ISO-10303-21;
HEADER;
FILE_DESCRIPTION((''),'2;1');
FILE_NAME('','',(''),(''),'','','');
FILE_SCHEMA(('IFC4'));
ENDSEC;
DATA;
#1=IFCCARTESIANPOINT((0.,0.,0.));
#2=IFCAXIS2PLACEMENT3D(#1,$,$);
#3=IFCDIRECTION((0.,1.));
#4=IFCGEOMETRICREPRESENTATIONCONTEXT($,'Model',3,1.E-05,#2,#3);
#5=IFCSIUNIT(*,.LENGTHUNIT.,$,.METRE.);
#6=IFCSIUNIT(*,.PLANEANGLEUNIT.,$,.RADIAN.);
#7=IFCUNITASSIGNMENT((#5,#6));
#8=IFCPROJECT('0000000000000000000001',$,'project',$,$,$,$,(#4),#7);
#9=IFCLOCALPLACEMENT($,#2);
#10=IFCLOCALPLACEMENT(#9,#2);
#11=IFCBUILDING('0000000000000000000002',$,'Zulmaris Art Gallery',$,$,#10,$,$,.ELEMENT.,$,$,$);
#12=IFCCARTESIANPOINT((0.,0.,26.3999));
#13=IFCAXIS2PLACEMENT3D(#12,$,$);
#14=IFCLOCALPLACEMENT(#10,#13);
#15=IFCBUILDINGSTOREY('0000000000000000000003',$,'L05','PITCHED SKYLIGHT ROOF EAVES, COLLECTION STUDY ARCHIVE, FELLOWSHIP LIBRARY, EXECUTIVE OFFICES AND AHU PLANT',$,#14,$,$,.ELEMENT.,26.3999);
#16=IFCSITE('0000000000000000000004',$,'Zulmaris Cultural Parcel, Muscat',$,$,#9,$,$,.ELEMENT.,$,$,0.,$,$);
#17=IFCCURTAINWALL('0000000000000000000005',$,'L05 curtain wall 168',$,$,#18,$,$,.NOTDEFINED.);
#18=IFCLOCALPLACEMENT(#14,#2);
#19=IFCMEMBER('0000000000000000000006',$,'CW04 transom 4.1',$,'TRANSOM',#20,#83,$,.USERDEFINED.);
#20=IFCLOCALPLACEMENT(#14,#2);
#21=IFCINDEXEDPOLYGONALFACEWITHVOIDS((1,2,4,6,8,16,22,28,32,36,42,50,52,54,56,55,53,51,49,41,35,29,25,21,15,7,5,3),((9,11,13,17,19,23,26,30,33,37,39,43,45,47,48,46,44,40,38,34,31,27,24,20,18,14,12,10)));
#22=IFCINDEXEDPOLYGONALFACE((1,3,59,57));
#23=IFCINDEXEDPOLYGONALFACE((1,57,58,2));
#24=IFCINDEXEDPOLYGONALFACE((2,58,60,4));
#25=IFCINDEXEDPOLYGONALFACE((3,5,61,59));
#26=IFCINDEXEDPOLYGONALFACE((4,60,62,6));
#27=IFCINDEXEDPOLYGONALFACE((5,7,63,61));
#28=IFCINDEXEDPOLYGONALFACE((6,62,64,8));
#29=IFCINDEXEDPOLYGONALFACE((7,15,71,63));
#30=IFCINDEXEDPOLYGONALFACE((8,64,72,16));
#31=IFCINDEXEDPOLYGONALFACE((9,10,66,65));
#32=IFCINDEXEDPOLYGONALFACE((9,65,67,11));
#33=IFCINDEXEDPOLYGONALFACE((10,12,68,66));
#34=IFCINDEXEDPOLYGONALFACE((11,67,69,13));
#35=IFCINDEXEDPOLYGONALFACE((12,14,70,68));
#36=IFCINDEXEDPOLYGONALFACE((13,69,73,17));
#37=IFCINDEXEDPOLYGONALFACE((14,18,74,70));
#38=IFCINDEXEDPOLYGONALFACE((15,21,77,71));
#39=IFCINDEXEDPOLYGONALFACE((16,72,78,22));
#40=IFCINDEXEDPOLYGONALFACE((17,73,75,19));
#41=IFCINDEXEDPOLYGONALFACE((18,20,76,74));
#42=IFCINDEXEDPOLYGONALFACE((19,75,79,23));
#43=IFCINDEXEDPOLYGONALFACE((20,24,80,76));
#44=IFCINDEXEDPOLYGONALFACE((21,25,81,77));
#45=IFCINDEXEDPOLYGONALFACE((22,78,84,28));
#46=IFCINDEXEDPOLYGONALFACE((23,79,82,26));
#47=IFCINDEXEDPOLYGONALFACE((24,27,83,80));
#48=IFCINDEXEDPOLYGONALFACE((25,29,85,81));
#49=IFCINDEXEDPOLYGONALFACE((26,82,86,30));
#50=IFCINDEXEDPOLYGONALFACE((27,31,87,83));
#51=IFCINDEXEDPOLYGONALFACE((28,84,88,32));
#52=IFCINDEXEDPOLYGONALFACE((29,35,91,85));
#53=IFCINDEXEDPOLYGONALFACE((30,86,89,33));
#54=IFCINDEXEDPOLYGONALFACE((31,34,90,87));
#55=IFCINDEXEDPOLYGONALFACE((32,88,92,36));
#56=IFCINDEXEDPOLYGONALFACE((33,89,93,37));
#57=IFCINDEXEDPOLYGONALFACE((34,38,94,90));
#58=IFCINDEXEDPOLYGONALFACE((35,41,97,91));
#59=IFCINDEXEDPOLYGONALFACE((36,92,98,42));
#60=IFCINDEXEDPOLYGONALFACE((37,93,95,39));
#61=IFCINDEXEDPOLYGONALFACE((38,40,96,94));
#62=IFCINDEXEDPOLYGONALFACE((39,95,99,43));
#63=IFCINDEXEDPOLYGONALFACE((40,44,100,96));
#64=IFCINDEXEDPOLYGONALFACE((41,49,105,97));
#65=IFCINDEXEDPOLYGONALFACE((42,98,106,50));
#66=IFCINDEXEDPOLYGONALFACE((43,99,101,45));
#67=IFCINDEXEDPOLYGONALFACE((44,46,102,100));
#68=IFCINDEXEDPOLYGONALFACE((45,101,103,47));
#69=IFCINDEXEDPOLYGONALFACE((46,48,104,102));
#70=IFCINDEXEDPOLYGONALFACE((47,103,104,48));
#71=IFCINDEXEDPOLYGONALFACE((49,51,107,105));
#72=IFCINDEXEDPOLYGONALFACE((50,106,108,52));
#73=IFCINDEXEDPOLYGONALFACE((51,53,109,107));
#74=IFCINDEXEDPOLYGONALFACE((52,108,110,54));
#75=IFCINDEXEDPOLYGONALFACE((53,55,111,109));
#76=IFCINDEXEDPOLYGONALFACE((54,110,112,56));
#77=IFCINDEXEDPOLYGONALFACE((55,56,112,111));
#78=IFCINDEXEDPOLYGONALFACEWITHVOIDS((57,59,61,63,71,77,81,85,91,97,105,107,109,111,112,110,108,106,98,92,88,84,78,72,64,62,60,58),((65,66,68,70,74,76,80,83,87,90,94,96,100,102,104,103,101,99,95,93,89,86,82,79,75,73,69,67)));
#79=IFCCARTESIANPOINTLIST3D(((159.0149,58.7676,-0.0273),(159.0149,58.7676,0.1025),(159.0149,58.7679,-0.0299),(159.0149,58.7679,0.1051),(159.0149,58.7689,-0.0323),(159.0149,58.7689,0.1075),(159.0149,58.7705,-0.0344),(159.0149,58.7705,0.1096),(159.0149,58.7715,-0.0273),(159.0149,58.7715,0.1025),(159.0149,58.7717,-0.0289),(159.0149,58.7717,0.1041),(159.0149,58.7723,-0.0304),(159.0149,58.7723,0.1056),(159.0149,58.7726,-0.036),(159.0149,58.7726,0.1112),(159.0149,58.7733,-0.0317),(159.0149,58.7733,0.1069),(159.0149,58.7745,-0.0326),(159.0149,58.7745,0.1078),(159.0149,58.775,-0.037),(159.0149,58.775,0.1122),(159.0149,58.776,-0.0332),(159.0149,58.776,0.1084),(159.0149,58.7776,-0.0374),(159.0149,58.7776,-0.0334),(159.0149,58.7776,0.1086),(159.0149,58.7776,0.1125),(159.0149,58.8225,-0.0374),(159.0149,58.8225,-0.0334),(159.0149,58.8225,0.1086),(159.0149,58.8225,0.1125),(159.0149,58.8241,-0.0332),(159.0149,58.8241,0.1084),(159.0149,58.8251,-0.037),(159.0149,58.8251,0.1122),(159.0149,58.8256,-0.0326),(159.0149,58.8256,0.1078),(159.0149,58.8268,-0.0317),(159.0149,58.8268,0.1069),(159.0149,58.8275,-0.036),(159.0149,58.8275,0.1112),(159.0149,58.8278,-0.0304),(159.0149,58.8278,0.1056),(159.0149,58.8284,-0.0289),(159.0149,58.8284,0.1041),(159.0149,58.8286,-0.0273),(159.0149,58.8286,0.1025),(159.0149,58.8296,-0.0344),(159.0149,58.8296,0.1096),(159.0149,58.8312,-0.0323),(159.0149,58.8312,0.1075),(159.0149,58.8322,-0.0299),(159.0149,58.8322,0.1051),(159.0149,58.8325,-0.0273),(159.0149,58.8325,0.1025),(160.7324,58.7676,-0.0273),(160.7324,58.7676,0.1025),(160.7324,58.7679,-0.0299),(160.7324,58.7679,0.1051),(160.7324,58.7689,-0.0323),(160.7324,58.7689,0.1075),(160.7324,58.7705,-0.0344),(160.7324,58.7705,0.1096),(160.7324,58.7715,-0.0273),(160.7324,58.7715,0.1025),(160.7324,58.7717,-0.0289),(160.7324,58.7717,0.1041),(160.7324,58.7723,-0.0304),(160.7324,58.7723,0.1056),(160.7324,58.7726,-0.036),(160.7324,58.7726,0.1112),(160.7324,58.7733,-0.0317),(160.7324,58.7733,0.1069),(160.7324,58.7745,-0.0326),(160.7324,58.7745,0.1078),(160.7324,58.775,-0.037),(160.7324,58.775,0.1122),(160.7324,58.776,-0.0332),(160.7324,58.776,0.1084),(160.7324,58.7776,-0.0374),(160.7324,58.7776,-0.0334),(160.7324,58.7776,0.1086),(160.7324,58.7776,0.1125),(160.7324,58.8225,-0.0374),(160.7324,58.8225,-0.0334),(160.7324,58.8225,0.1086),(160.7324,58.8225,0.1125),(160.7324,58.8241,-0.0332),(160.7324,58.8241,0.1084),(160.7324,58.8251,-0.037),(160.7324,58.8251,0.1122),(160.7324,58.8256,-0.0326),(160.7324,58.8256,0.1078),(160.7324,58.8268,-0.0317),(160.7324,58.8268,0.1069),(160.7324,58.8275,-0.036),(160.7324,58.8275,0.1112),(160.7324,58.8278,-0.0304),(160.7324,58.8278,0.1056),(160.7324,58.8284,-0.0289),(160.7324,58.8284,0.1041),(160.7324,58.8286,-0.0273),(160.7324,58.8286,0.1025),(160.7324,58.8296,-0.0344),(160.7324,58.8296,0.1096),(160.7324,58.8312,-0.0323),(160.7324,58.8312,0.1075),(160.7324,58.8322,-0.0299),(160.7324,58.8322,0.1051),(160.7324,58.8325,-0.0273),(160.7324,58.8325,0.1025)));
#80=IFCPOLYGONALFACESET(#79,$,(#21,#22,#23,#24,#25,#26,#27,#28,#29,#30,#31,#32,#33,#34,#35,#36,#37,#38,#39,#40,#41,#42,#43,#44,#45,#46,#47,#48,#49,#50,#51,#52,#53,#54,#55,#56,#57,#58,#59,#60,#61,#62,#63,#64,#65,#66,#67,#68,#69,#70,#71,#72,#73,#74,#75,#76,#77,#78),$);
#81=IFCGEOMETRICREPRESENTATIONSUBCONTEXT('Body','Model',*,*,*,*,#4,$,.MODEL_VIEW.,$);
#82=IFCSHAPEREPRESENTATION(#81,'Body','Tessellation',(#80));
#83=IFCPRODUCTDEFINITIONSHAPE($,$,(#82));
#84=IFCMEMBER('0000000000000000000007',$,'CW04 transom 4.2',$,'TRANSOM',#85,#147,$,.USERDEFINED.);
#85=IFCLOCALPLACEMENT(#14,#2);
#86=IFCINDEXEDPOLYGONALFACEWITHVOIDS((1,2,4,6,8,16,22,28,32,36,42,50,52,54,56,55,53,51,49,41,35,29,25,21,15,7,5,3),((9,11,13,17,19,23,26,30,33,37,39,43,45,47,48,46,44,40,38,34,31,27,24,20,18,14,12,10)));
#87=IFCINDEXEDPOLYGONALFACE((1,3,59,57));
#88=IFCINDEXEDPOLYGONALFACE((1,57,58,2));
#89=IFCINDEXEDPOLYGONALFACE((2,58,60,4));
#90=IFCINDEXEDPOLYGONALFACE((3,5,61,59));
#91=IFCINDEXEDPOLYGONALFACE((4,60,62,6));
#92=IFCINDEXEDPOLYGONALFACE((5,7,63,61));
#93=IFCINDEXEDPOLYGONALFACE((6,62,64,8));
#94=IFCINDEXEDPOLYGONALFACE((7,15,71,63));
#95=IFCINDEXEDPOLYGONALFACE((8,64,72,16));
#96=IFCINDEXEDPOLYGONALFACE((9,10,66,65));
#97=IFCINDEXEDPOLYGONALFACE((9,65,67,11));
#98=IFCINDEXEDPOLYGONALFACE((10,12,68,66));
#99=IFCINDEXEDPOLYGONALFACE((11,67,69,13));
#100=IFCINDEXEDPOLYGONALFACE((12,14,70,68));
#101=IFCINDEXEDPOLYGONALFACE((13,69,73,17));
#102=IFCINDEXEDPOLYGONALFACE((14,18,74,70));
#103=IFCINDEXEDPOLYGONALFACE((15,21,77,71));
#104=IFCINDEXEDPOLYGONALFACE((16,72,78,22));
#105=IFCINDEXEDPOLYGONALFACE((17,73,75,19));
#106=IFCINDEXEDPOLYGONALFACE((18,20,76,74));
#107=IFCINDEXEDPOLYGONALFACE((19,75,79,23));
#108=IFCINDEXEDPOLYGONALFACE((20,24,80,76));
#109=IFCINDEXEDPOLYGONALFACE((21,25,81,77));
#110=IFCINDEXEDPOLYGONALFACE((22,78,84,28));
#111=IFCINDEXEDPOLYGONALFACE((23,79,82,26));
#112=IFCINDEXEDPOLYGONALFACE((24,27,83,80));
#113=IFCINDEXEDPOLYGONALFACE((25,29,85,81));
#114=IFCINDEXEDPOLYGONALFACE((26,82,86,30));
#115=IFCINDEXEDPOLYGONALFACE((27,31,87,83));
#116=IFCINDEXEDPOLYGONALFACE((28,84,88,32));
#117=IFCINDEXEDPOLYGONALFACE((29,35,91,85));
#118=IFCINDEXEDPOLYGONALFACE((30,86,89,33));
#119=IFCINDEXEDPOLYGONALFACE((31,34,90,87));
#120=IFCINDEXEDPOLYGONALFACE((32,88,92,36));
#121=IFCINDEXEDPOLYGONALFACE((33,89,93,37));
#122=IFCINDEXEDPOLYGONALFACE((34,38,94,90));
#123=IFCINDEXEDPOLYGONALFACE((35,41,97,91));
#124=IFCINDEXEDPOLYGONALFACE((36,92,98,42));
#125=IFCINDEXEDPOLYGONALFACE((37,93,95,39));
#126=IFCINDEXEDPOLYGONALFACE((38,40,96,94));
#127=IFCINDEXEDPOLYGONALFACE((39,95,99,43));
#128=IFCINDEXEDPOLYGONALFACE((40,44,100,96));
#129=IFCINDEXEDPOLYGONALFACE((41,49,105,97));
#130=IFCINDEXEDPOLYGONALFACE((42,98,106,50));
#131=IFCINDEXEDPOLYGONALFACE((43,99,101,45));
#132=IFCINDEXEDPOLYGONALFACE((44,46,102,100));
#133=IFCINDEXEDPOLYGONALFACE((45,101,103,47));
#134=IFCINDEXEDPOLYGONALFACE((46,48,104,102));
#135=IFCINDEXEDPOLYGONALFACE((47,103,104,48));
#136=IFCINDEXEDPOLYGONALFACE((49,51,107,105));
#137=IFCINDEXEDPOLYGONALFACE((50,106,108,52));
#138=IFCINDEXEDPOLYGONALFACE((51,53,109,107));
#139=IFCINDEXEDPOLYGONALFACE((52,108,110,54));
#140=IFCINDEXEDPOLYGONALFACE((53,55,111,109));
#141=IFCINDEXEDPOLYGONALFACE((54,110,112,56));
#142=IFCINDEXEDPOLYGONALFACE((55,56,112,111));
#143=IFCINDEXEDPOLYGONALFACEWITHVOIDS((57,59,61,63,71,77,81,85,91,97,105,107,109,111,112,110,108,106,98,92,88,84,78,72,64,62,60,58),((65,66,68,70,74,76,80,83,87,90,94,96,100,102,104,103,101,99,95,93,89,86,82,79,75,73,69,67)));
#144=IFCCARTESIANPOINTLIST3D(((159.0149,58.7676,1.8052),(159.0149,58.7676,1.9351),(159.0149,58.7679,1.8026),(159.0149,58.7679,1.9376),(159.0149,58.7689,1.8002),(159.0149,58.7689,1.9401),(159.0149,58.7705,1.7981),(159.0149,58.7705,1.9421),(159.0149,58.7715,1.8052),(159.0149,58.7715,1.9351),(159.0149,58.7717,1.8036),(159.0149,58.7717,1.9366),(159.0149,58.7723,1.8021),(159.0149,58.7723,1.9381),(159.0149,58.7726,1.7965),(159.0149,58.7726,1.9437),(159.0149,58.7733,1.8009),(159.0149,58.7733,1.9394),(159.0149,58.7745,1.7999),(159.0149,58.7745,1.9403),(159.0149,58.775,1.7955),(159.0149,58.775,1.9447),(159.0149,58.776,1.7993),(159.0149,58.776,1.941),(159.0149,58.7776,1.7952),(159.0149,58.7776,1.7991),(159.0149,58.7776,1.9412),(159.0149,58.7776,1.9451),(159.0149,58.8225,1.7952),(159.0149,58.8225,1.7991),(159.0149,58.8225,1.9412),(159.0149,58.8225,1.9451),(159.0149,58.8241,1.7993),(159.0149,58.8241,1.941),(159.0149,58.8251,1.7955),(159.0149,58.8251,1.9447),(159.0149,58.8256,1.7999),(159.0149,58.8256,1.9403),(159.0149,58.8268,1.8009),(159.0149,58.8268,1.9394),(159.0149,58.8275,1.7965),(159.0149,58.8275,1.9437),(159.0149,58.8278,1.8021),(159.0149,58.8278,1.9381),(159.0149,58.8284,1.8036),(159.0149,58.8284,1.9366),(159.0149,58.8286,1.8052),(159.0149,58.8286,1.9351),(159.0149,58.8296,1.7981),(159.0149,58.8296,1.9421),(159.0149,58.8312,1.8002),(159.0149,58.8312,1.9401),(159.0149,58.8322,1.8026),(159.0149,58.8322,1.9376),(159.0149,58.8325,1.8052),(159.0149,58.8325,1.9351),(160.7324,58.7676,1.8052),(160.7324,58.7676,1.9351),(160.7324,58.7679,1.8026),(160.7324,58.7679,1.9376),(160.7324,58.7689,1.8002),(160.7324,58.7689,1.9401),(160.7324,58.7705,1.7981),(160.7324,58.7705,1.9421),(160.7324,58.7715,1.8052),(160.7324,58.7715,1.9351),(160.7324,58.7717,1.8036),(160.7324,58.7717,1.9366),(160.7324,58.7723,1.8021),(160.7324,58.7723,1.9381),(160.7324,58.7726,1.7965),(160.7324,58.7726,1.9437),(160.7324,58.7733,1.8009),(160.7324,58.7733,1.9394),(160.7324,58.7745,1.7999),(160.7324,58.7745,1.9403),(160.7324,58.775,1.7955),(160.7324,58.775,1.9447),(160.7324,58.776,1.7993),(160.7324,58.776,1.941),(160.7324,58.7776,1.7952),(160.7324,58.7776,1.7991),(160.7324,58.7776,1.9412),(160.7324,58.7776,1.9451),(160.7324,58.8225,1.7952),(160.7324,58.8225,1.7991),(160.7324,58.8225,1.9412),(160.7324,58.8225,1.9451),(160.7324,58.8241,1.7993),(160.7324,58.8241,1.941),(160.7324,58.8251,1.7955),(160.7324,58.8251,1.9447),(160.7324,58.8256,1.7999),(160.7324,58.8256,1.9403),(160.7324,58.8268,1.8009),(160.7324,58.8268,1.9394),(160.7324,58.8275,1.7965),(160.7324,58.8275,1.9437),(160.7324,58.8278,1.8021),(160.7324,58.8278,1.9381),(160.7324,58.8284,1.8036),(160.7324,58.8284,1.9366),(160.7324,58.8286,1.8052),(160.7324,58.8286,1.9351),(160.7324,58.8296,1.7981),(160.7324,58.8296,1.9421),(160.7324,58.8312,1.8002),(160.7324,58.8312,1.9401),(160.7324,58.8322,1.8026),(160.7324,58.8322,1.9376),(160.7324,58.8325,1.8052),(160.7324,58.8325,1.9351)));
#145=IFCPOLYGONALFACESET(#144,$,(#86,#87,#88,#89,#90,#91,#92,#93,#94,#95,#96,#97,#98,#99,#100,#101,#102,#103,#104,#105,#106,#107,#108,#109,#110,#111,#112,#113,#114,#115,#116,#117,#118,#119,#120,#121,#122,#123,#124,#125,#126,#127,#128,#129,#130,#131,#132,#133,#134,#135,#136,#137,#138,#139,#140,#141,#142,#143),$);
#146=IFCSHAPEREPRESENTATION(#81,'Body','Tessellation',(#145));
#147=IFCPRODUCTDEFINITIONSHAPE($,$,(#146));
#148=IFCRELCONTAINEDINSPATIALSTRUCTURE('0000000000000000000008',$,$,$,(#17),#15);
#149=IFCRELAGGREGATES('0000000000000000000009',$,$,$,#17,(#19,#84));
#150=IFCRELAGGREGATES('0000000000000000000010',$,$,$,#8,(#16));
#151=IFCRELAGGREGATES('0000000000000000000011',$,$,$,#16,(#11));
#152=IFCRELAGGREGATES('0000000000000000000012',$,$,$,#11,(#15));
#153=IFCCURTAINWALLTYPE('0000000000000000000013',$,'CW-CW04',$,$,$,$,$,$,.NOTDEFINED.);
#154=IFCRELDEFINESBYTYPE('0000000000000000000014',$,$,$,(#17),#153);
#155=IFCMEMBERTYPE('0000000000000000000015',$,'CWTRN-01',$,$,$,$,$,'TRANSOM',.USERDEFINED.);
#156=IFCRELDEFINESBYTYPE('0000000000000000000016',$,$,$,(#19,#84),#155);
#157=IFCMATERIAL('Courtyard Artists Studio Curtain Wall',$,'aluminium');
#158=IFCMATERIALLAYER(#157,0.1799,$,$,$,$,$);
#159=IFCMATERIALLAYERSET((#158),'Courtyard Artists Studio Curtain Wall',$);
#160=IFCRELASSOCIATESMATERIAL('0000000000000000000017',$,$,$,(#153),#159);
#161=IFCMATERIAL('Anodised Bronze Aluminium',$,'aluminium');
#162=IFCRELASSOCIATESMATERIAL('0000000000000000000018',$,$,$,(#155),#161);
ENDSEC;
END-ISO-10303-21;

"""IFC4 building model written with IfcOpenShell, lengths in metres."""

from ifc_helpers import new_model, si_unit, direction, frame, origin, origin_2d, place, context, subcontext, project, spatial, hollow_rectangle, extrude, material, layer, layer_set, material_profile, profile_set, type_object, element, aggregate, save


model = new_model("IFC4")

# Units and contexts
model_context = context("Model", 3, precision=1e-05, world=origin(), true_north=direction((0.0, 1.0)))
body_context = subcontext(model_context, "Body", "Model", "MODEL_VIEW")
ifc_project = project(units=[si_unit("LENGTHUNIT", "METRE"), si_unit("PLANEANGLEUNIT", "RADIAN")], contexts=[model_context])

# Site, building, storey
site_placement = place(None, origin())
site = spatial("IfcSite", under=ifc_project, at=site_placement, Name="Zulmaris Cultural Parcel, Muscat", CompositionType="ELEMENT", RefElevation=0.0)
building_placement = place(site_placement, origin())
building = spatial("IfcBuilding", under=site, at=building_placement, Name="Zulmaris Art Gallery", CompositionType="ELEMENT")
storey_placement = place(building_placement, frame((0.0, 0.0, 26.3999)))
storey = spatial("IfcBuildingStorey", under=building, at=storey_placement, Name="L05", Description="PITCHED SKYLIGHT ROOF EAVES, COLLECTION STUDY ARCHIVE, FELLOWSHIP LIBRARY, EXECUTIVE OFFICES AND AHU PLANT", CompositionType="ELEMENT", Elevation=26.3999)

# Curtain wall
ifc_material_1 = material(Name="Courtyard Artists Studio Curtain Wall", Category="aluminium")
ifc_layer_1 = layer(ifc_material_1, 0.1799)
ifc_layer_set_1 = layer_set([ifc_layer_1], Name="Courtyard Artists Studio Curtain Wall")
curtain_wall_type = type_object("IfcCurtainWallType", Name="CW-CW04", PredefinedType="NOTDEFINED", material=ifc_layer_set_1)
curtain_wall_1_placement = place(storey_placement, origin())
curtain_wall_1 = element("IfcCurtainWall", 1, at=curtain_wall_1_placement, inside=storey, type_object=curtain_wall_type, Name="L05 curtain wall 168", PredefinedType="NOTDEFINED")
ifc_material_2 = material(Name="Anodised Bronze Aluminium", Category="aluminium")

# Members
ifc_material_profile_1 = material_profile(ifc_material_2, hollow_rectangle(XDim=0.0649, YDim=0.1499, WallThickness=0.0039, InnerFilletRadius=0.0061, OuterFilletRadius=0.01, at=origin_2d()), Name="ALU 65x150x4")
ifc_profile_set_1 = profile_set([ifc_material_profile_1], Name="Anodised Bronze Aluminium")
member_type_1 = type_object("IfcMemberType", Name="CWTRN-01", ElementType="TRANSOM", PredefinedType="USERDEFINED", material=ifc_profile_set_1)
member_1_placement = place(storey_placement, frame((160.7324, 58.8, 0.0376), z_axis=(-1.0, 0.0, 0.0), x_axis=(0.0, -1.0, 0.0)))
member_1 = element("IfcMember", 2, at=member_1_placement, type_object=member_type_1, Name="CW04 transom 4.1", ObjectType="TRANSOM", PredefinedType="USERDEFINED", context=body_context, shape_type="SweptSolid", body=[
    extrude(hollow_rectangle(XDim=0.0649, YDim=0.1499, WallThickness=0.0039, InnerFilletRadius=0.0061, OuterFilletRadius=0.01, at=origin_2d()), origin(), (0.0, 0.0, 1.0), 1.7175),
])
member_2_placement = place(storey_placement, frame((160.7324, 58.8, 1.8701), z_axis=(-1.0, 0.0, 0.0), x_axis=(0.0, -1.0, 0.0)))
member_2 = element("IfcMember", 3, at=member_2_placement, type_object=member_type_1, Name="CW04 transom 4.2", ObjectType="TRANSOM", PredefinedType="USERDEFINED", context=body_context, shape_type="SweptSolid", body=[
    extrude(hollow_rectangle(XDim=0.0649, YDim=0.1499, WallThickness=0.0039, InnerFilletRadius=0.0061, OuterFilletRadius=0.01, at=origin_2d()), origin(), (0.0, 0.0, 1.0), 1.7175),
])

aggregate(curtain_wall_1, [member_1, member_2])

save(model, "model.ifc")
